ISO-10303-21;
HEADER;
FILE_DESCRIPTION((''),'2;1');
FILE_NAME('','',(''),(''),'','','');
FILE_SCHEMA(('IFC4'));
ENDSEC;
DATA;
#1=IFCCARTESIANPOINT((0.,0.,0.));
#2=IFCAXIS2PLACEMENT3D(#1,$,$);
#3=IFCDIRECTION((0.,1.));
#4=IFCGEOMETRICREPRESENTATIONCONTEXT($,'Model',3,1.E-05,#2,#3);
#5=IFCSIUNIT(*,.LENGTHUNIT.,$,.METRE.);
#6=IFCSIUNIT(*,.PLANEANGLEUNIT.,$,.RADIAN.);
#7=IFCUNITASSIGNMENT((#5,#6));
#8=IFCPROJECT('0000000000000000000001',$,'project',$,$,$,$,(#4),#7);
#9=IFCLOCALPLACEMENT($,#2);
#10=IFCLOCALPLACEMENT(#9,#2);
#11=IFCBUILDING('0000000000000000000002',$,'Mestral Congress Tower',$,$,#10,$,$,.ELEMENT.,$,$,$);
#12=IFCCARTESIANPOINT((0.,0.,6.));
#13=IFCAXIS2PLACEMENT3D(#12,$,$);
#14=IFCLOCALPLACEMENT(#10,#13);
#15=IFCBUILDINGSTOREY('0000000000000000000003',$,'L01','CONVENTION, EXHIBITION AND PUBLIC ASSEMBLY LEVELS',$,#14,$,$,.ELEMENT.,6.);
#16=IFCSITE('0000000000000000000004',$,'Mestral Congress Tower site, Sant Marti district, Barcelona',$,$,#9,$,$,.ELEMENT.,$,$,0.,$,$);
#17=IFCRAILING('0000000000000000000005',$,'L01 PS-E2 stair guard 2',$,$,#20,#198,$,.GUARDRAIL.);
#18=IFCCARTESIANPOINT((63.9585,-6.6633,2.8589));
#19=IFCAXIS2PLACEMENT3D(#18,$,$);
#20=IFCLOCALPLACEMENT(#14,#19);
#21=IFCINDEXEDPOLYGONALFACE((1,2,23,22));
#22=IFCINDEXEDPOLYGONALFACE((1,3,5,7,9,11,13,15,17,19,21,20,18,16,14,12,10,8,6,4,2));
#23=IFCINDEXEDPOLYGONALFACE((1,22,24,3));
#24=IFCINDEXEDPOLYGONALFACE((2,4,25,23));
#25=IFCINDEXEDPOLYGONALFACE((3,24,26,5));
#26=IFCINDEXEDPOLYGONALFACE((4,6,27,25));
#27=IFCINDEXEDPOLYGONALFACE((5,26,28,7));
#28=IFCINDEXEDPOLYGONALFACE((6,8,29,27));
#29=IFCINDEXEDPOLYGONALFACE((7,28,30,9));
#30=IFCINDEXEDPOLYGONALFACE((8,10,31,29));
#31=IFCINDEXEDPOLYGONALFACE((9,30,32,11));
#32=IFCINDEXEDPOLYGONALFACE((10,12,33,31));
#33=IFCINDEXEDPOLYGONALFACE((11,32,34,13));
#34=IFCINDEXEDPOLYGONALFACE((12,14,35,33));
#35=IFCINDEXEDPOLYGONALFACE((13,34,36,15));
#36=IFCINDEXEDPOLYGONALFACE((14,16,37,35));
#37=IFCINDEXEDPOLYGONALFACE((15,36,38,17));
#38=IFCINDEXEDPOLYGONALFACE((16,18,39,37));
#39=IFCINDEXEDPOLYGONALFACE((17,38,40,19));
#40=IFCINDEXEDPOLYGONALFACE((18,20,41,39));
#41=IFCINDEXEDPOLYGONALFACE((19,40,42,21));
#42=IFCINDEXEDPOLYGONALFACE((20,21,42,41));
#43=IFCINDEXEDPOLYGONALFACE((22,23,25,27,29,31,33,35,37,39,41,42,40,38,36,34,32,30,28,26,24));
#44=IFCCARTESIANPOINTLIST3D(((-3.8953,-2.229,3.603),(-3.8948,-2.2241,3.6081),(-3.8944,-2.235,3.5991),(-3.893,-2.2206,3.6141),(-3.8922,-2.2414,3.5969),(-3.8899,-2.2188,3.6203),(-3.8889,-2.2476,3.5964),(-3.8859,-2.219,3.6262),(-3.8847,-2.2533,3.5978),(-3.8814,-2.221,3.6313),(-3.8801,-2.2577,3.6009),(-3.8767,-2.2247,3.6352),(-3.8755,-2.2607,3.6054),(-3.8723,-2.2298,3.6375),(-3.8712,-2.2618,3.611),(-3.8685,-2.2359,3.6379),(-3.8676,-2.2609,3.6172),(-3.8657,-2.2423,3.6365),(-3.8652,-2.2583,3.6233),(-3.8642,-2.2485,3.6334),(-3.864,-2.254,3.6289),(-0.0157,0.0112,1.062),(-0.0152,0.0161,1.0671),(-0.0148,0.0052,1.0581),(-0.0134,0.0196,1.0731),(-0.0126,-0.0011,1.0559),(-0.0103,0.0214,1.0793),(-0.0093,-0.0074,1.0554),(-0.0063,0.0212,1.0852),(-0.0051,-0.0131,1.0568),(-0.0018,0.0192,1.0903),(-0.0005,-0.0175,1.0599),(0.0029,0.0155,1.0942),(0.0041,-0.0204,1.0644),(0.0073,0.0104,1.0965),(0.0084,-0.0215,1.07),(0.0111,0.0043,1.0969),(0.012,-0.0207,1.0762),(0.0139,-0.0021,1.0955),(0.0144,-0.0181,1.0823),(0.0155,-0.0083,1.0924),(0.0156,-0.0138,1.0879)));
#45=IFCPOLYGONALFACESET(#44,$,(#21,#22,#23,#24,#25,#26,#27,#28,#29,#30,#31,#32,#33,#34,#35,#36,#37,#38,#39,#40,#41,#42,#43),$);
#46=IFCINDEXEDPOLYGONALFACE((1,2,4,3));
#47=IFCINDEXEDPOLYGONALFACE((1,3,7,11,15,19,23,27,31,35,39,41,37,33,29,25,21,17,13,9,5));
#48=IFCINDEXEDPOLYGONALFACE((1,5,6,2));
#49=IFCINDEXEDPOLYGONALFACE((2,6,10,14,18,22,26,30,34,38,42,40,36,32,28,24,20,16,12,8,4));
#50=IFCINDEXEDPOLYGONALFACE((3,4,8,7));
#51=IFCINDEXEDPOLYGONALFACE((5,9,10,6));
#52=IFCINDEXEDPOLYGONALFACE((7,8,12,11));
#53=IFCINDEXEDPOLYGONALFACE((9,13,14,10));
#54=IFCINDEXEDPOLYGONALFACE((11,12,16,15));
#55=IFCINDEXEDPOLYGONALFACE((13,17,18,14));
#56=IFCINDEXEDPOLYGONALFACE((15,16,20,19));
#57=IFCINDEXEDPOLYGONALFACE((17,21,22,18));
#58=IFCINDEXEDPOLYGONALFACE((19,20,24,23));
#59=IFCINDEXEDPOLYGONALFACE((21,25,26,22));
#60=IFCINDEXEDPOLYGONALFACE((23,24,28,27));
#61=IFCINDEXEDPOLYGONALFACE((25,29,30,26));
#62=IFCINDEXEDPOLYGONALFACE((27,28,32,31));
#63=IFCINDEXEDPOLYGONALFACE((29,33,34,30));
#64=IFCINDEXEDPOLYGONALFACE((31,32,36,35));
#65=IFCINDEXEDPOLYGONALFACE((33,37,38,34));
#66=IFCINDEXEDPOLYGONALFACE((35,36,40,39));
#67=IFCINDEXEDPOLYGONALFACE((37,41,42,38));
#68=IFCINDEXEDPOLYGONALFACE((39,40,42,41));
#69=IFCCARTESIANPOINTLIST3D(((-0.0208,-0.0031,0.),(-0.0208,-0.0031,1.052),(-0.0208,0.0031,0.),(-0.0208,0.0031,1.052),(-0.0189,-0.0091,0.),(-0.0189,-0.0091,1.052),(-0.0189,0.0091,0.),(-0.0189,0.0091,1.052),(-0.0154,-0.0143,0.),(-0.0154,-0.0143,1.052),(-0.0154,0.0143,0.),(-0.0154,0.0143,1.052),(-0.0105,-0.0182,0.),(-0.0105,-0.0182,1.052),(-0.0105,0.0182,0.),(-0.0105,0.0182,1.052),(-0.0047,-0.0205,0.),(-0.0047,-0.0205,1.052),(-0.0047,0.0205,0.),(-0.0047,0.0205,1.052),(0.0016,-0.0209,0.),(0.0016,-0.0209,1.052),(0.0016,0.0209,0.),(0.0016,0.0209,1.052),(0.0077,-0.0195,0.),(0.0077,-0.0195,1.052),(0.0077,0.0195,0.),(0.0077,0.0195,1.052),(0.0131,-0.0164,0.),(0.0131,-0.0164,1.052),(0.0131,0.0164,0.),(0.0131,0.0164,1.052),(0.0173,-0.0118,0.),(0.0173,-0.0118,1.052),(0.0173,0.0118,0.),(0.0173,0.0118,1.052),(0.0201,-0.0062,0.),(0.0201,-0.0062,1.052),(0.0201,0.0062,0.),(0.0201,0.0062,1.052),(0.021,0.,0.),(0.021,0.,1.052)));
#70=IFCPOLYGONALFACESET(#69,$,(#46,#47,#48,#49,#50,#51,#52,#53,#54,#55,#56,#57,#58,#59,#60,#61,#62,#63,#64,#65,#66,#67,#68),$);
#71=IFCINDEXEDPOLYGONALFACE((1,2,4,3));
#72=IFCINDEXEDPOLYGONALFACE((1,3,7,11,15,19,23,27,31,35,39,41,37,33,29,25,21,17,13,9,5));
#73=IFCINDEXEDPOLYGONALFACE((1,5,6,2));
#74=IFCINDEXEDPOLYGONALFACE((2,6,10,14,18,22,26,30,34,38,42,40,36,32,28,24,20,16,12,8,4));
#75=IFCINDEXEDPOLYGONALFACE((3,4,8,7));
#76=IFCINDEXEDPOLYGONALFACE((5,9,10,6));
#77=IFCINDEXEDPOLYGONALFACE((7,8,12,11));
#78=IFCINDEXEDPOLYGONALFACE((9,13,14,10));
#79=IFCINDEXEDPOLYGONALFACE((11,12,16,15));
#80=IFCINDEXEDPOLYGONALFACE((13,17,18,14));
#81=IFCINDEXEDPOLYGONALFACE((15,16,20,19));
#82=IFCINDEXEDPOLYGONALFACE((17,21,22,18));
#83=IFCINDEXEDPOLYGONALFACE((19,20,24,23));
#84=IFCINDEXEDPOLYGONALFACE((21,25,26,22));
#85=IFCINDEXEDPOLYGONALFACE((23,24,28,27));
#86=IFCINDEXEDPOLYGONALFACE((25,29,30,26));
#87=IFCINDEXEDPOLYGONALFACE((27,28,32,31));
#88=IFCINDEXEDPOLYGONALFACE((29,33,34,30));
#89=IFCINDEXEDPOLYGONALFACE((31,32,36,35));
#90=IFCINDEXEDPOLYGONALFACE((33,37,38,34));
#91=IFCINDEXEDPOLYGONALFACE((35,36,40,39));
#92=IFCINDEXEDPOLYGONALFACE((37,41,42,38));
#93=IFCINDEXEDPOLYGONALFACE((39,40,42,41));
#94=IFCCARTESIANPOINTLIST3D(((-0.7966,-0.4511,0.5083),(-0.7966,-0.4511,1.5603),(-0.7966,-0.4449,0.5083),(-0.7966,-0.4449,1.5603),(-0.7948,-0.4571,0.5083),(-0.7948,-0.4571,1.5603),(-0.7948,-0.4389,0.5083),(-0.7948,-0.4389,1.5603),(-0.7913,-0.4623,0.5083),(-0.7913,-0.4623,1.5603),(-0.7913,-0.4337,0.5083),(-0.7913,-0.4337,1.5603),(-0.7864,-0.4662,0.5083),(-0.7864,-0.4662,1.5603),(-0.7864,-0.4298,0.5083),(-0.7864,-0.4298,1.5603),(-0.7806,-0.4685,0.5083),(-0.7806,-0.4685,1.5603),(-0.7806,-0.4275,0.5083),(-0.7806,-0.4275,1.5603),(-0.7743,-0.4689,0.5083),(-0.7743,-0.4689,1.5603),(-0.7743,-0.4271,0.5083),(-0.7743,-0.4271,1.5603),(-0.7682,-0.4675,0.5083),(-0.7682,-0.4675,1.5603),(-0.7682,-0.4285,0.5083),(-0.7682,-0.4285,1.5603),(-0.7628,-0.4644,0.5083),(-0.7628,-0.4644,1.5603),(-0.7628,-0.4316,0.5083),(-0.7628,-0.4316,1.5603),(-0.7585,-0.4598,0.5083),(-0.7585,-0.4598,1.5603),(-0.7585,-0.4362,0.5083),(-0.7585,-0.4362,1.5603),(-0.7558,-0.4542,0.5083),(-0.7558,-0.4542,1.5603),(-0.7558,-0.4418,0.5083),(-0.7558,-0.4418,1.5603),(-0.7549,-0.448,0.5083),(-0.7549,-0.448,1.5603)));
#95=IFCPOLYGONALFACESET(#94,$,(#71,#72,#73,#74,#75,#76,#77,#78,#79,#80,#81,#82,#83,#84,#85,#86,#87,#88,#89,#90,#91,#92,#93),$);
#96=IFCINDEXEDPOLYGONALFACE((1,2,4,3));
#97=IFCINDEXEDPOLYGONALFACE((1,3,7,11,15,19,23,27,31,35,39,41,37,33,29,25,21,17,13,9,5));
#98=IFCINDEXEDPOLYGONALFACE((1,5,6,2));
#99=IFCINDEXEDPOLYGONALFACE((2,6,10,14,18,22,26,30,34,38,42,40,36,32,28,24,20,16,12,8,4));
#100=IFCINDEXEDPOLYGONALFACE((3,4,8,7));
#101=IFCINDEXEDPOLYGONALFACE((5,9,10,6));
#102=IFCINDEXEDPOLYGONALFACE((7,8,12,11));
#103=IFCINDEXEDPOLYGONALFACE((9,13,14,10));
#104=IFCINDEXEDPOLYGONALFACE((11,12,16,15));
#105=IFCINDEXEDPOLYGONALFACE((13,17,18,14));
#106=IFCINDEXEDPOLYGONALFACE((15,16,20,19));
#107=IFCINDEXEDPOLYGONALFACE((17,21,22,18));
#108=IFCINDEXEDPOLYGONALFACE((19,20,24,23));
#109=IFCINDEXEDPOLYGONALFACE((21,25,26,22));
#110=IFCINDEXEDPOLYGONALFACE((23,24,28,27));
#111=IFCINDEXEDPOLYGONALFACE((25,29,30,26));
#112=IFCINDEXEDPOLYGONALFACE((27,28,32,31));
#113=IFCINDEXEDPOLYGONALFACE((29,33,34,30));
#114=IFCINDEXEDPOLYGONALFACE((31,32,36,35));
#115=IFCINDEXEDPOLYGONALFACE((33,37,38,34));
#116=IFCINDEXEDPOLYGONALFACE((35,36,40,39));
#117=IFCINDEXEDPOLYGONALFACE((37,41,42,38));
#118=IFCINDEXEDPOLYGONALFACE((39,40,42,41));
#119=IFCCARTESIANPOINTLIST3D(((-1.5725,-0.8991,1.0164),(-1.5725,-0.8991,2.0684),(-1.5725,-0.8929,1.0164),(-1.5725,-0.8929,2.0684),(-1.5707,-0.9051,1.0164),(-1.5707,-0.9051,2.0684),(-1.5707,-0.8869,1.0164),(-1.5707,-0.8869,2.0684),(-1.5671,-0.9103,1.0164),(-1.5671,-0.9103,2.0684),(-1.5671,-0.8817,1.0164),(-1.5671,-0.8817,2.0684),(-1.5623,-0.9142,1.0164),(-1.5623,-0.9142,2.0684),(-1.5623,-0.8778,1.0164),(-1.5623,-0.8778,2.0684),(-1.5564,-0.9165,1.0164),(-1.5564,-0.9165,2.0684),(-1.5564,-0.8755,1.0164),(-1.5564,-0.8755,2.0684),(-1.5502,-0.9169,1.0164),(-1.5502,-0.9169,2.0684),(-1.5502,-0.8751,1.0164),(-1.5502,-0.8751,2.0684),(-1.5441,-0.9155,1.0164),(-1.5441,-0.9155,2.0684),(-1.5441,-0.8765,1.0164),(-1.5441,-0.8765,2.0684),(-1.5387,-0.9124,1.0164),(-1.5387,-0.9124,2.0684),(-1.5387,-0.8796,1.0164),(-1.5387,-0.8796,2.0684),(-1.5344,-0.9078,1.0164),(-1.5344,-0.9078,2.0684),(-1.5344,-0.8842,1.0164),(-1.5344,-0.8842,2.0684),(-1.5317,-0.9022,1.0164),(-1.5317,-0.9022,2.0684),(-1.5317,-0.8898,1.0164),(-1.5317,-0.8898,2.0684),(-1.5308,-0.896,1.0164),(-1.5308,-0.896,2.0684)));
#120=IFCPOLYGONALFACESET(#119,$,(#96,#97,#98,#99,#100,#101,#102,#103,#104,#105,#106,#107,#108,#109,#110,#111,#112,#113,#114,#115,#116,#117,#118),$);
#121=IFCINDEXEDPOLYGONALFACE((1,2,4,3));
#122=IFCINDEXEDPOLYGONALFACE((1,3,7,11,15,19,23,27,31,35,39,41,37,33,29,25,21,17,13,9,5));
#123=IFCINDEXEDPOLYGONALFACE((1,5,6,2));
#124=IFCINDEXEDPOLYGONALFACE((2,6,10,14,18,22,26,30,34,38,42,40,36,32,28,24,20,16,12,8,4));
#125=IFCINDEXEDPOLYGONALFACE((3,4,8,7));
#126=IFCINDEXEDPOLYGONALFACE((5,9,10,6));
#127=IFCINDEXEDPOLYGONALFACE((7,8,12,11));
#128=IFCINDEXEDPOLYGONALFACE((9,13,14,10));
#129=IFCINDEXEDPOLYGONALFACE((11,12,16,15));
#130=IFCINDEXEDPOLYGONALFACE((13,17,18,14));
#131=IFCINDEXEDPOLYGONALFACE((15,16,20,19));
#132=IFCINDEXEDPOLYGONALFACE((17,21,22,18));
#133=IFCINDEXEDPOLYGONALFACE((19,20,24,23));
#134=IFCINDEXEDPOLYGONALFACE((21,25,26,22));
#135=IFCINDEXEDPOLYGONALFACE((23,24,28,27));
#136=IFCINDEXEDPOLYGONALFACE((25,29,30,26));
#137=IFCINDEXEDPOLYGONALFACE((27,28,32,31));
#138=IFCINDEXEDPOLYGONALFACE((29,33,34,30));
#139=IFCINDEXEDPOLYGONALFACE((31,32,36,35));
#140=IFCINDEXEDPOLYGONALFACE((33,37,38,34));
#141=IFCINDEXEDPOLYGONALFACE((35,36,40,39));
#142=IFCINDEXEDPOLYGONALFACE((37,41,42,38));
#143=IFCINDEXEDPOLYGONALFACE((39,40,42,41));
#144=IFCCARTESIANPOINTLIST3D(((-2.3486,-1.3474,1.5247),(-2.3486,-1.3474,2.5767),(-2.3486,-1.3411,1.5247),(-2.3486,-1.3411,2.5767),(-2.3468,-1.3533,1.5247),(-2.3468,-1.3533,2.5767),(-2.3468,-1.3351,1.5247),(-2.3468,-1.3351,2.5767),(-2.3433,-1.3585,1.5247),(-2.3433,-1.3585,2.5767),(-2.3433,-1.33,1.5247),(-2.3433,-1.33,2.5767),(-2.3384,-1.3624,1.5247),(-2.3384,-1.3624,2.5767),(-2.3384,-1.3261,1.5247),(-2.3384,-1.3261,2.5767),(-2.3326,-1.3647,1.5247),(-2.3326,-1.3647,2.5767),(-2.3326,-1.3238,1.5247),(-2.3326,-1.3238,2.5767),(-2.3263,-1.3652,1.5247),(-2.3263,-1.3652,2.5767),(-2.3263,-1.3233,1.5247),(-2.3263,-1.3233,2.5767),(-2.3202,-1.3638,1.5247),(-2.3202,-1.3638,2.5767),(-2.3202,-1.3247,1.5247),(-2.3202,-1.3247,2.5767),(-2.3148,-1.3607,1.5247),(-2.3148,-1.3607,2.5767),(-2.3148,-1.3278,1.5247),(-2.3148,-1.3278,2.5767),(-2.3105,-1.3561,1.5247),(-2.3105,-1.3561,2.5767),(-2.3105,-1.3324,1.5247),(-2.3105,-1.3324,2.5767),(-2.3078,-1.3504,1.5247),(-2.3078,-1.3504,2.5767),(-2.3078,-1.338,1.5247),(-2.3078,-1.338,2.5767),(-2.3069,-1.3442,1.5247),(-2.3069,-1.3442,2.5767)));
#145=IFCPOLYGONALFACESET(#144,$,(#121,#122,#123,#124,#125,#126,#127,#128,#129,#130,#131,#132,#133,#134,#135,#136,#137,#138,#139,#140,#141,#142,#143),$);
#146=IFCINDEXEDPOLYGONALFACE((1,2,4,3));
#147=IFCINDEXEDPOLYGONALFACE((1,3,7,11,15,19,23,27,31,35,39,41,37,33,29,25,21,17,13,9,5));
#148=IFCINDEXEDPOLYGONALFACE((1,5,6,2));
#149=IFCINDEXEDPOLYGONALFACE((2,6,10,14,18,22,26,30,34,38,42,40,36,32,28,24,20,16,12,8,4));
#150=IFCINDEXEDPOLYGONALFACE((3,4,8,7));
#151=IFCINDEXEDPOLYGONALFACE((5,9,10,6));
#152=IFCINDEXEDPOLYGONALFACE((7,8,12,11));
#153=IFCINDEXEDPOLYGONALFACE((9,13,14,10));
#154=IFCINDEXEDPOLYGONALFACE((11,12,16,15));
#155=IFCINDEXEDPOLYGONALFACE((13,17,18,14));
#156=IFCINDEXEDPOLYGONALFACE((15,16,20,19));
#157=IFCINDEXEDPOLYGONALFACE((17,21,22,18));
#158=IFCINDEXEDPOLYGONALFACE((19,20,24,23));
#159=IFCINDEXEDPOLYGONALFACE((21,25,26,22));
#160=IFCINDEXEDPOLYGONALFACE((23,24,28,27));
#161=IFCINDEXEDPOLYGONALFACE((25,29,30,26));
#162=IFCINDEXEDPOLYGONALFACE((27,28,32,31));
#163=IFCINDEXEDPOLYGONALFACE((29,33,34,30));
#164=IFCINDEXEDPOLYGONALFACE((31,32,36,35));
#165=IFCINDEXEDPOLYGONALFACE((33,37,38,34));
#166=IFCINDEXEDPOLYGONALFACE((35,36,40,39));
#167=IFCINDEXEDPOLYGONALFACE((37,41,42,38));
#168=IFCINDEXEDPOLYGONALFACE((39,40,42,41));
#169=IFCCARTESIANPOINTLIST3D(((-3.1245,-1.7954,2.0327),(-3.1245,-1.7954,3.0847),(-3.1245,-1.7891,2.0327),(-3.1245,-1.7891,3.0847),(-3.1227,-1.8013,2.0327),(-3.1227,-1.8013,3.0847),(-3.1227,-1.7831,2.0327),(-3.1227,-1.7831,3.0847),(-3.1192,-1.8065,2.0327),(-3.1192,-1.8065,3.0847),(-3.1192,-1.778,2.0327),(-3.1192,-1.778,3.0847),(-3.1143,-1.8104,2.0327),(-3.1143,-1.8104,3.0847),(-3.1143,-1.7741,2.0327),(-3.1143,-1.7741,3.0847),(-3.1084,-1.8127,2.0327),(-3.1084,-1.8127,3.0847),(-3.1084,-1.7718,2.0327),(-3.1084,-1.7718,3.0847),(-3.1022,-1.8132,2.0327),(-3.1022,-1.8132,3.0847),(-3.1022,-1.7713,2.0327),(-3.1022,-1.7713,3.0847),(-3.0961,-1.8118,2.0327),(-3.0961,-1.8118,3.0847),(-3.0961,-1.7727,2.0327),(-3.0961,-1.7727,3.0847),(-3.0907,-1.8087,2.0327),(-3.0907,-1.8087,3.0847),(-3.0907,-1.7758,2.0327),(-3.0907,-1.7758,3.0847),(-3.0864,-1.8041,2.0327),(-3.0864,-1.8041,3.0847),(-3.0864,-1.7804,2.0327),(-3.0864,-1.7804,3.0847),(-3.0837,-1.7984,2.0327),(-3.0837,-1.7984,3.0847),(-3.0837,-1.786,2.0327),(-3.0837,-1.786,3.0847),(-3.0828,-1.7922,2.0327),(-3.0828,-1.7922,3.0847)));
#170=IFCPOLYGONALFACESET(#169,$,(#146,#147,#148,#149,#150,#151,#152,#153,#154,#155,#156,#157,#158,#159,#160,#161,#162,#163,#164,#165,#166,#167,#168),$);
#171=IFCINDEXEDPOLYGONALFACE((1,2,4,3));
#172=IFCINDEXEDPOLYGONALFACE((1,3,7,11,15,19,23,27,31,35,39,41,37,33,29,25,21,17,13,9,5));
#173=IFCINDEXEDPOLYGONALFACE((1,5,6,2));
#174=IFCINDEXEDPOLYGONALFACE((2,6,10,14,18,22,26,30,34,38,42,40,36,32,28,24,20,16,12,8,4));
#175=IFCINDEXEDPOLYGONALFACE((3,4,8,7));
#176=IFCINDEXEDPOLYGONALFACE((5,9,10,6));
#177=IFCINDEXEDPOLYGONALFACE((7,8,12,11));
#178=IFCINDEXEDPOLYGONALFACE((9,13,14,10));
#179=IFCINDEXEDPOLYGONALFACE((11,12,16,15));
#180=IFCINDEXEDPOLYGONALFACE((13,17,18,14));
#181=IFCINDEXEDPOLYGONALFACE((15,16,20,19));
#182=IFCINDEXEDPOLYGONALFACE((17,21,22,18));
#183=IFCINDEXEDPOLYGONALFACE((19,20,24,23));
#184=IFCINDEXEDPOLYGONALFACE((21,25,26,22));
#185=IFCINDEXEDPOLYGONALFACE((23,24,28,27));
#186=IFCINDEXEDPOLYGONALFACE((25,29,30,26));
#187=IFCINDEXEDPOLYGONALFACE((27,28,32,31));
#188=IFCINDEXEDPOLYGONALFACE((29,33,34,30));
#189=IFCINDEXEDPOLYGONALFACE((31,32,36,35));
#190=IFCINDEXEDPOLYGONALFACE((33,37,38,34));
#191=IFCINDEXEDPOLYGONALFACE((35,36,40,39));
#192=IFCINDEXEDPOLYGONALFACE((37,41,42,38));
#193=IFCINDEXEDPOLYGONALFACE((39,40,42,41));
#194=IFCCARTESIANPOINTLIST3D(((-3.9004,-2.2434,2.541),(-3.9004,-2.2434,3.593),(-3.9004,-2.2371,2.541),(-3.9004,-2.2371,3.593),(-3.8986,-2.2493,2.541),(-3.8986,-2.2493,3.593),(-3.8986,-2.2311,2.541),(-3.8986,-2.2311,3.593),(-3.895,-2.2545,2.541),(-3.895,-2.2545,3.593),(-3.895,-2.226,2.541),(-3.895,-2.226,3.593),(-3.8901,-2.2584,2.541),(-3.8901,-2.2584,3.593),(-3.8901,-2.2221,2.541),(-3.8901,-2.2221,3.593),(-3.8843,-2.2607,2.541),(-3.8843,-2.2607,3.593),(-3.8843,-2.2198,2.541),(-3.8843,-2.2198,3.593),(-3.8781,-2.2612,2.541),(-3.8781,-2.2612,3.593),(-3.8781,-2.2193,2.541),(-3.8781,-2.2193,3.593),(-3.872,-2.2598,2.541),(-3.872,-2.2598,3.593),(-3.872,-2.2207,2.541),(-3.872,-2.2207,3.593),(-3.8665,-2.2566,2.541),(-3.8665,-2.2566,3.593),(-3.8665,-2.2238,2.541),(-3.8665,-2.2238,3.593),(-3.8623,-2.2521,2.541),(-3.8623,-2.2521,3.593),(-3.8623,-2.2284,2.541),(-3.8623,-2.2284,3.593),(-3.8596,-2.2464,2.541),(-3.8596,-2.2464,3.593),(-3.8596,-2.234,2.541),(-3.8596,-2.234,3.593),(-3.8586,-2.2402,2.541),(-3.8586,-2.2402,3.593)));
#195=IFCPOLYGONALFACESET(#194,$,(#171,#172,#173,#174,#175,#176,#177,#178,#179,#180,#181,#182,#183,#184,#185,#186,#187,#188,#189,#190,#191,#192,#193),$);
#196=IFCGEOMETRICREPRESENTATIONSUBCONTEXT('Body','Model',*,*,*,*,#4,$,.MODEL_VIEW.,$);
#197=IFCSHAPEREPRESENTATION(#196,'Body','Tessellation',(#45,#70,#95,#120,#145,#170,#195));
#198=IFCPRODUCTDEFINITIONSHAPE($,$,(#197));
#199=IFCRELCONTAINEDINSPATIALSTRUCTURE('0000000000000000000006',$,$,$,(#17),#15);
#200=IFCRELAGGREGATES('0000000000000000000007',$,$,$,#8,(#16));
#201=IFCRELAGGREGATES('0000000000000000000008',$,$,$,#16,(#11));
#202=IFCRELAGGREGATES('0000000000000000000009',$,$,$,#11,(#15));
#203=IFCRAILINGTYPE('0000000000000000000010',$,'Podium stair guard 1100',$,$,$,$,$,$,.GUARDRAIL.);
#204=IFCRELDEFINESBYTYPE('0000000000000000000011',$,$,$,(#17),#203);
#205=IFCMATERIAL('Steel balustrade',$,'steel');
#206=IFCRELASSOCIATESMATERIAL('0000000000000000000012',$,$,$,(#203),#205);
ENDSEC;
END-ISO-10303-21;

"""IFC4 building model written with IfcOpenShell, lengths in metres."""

from ifc_helpers import new_model, si_unit, direction, frame, origin, origin_2d, place, context, subcontext, project, spatial, circle, extrude, material, type_object, element, save


model = new_model("IFC4")

# Units and contexts
model_context = context("Model", 3, precision=1e-05, world=origin(), true_north=direction((0.0, 1.0)))
body_context = subcontext(model_context, "Body", "Model", "MODEL_VIEW")
ifc_project = project(units=[si_unit("LENGTHUNIT", "METRE"), si_unit("PLANEANGLEUNIT", "RADIAN")], contexts=[model_context])

# Site, building, storey
site_placement = place(None, origin())
site = spatial("IfcSite", under=ifc_project, at=site_placement, Name="Mestral Congress Tower site, Sant Marti district, Barcelona", CompositionType="ELEMENT", RefElevation=0.0)
building_placement = place(site_placement, origin())
building = spatial("IfcBuilding", under=site, at=building_placement, Name="Mestral Congress Tower", CompositionType="ELEMENT")
storey_placement = place(building_placement, frame((0.0, 0.0, 6.0)))
storey = spatial("IfcBuildingStorey", under=building, at=storey_placement, Name="L01", Description="CONVENTION, EXHIBITION AND PUBLIC ASSEMBLY LEVELS", CompositionType="ELEMENT", Elevation=6.0)

# Railing
ifc_material_1 = material(Name="Steel balustrade", Category="steel")
railing_type_1 = type_object("IfcRailingType", Name="Podium stair guard 1100", PredefinedType="GUARDRAIL", material=ifc_material_1)
railing_1_placement = place(storey_placement, frame((63.9585, -6.6633, 2.8589)))
element("IfcRailing", 1, at=railing_1_placement, inside=storey, type_object=railing_type_1, Name="L01 PS-E2 stair guard 2", PredefinedType="GUARDRAIL", context=body_context, shape_type="SweptSolid", body=[
    extrude(circle(Radius=0.0239, at=origin_2d()), frame((0.0, 0.0, 1.0762), z_axis=(-0.753264, -0.43496, 0.493359), x_axis=(0.500054, -0.865994, 0.0)), (0.0, 0.0, 1.0), 5.1504),
    extrude(circle(Radius=0.021, at=origin_2d()), origin(), (0.0, 0.0, 1.0), 1.052),
    extrude(circle(Radius=0.021, at=origin_2d()), frame((-0.7759, -0.448, 0.5083)), (0.0, 0.0, 1.0), 1.052),
    extrude(circle(Radius=0.021, at=origin_2d()), frame((-1.5518, -0.896, 1.0164)), (0.0, 0.0, 1.0), 1.052),
    extrude(circle(Radius=0.021, at=origin_2d()), frame((-2.3279, -1.3442, 1.5247)), (0.0, 0.0, 1.0), 1.052),
    extrude(circle(Radius=0.021, at=origin_2d()), frame((-3.1038, -1.7922, 2.0327)), (0.0, 0.0, 1.0), 1.052),
    extrude(circle(Radius=0.021, at=origin_2d()), frame((-3.8796, -2.2402, 2.541)), (0.0, 0.0, 1.0), 1.052),
])

save(model, "model.ifc")
